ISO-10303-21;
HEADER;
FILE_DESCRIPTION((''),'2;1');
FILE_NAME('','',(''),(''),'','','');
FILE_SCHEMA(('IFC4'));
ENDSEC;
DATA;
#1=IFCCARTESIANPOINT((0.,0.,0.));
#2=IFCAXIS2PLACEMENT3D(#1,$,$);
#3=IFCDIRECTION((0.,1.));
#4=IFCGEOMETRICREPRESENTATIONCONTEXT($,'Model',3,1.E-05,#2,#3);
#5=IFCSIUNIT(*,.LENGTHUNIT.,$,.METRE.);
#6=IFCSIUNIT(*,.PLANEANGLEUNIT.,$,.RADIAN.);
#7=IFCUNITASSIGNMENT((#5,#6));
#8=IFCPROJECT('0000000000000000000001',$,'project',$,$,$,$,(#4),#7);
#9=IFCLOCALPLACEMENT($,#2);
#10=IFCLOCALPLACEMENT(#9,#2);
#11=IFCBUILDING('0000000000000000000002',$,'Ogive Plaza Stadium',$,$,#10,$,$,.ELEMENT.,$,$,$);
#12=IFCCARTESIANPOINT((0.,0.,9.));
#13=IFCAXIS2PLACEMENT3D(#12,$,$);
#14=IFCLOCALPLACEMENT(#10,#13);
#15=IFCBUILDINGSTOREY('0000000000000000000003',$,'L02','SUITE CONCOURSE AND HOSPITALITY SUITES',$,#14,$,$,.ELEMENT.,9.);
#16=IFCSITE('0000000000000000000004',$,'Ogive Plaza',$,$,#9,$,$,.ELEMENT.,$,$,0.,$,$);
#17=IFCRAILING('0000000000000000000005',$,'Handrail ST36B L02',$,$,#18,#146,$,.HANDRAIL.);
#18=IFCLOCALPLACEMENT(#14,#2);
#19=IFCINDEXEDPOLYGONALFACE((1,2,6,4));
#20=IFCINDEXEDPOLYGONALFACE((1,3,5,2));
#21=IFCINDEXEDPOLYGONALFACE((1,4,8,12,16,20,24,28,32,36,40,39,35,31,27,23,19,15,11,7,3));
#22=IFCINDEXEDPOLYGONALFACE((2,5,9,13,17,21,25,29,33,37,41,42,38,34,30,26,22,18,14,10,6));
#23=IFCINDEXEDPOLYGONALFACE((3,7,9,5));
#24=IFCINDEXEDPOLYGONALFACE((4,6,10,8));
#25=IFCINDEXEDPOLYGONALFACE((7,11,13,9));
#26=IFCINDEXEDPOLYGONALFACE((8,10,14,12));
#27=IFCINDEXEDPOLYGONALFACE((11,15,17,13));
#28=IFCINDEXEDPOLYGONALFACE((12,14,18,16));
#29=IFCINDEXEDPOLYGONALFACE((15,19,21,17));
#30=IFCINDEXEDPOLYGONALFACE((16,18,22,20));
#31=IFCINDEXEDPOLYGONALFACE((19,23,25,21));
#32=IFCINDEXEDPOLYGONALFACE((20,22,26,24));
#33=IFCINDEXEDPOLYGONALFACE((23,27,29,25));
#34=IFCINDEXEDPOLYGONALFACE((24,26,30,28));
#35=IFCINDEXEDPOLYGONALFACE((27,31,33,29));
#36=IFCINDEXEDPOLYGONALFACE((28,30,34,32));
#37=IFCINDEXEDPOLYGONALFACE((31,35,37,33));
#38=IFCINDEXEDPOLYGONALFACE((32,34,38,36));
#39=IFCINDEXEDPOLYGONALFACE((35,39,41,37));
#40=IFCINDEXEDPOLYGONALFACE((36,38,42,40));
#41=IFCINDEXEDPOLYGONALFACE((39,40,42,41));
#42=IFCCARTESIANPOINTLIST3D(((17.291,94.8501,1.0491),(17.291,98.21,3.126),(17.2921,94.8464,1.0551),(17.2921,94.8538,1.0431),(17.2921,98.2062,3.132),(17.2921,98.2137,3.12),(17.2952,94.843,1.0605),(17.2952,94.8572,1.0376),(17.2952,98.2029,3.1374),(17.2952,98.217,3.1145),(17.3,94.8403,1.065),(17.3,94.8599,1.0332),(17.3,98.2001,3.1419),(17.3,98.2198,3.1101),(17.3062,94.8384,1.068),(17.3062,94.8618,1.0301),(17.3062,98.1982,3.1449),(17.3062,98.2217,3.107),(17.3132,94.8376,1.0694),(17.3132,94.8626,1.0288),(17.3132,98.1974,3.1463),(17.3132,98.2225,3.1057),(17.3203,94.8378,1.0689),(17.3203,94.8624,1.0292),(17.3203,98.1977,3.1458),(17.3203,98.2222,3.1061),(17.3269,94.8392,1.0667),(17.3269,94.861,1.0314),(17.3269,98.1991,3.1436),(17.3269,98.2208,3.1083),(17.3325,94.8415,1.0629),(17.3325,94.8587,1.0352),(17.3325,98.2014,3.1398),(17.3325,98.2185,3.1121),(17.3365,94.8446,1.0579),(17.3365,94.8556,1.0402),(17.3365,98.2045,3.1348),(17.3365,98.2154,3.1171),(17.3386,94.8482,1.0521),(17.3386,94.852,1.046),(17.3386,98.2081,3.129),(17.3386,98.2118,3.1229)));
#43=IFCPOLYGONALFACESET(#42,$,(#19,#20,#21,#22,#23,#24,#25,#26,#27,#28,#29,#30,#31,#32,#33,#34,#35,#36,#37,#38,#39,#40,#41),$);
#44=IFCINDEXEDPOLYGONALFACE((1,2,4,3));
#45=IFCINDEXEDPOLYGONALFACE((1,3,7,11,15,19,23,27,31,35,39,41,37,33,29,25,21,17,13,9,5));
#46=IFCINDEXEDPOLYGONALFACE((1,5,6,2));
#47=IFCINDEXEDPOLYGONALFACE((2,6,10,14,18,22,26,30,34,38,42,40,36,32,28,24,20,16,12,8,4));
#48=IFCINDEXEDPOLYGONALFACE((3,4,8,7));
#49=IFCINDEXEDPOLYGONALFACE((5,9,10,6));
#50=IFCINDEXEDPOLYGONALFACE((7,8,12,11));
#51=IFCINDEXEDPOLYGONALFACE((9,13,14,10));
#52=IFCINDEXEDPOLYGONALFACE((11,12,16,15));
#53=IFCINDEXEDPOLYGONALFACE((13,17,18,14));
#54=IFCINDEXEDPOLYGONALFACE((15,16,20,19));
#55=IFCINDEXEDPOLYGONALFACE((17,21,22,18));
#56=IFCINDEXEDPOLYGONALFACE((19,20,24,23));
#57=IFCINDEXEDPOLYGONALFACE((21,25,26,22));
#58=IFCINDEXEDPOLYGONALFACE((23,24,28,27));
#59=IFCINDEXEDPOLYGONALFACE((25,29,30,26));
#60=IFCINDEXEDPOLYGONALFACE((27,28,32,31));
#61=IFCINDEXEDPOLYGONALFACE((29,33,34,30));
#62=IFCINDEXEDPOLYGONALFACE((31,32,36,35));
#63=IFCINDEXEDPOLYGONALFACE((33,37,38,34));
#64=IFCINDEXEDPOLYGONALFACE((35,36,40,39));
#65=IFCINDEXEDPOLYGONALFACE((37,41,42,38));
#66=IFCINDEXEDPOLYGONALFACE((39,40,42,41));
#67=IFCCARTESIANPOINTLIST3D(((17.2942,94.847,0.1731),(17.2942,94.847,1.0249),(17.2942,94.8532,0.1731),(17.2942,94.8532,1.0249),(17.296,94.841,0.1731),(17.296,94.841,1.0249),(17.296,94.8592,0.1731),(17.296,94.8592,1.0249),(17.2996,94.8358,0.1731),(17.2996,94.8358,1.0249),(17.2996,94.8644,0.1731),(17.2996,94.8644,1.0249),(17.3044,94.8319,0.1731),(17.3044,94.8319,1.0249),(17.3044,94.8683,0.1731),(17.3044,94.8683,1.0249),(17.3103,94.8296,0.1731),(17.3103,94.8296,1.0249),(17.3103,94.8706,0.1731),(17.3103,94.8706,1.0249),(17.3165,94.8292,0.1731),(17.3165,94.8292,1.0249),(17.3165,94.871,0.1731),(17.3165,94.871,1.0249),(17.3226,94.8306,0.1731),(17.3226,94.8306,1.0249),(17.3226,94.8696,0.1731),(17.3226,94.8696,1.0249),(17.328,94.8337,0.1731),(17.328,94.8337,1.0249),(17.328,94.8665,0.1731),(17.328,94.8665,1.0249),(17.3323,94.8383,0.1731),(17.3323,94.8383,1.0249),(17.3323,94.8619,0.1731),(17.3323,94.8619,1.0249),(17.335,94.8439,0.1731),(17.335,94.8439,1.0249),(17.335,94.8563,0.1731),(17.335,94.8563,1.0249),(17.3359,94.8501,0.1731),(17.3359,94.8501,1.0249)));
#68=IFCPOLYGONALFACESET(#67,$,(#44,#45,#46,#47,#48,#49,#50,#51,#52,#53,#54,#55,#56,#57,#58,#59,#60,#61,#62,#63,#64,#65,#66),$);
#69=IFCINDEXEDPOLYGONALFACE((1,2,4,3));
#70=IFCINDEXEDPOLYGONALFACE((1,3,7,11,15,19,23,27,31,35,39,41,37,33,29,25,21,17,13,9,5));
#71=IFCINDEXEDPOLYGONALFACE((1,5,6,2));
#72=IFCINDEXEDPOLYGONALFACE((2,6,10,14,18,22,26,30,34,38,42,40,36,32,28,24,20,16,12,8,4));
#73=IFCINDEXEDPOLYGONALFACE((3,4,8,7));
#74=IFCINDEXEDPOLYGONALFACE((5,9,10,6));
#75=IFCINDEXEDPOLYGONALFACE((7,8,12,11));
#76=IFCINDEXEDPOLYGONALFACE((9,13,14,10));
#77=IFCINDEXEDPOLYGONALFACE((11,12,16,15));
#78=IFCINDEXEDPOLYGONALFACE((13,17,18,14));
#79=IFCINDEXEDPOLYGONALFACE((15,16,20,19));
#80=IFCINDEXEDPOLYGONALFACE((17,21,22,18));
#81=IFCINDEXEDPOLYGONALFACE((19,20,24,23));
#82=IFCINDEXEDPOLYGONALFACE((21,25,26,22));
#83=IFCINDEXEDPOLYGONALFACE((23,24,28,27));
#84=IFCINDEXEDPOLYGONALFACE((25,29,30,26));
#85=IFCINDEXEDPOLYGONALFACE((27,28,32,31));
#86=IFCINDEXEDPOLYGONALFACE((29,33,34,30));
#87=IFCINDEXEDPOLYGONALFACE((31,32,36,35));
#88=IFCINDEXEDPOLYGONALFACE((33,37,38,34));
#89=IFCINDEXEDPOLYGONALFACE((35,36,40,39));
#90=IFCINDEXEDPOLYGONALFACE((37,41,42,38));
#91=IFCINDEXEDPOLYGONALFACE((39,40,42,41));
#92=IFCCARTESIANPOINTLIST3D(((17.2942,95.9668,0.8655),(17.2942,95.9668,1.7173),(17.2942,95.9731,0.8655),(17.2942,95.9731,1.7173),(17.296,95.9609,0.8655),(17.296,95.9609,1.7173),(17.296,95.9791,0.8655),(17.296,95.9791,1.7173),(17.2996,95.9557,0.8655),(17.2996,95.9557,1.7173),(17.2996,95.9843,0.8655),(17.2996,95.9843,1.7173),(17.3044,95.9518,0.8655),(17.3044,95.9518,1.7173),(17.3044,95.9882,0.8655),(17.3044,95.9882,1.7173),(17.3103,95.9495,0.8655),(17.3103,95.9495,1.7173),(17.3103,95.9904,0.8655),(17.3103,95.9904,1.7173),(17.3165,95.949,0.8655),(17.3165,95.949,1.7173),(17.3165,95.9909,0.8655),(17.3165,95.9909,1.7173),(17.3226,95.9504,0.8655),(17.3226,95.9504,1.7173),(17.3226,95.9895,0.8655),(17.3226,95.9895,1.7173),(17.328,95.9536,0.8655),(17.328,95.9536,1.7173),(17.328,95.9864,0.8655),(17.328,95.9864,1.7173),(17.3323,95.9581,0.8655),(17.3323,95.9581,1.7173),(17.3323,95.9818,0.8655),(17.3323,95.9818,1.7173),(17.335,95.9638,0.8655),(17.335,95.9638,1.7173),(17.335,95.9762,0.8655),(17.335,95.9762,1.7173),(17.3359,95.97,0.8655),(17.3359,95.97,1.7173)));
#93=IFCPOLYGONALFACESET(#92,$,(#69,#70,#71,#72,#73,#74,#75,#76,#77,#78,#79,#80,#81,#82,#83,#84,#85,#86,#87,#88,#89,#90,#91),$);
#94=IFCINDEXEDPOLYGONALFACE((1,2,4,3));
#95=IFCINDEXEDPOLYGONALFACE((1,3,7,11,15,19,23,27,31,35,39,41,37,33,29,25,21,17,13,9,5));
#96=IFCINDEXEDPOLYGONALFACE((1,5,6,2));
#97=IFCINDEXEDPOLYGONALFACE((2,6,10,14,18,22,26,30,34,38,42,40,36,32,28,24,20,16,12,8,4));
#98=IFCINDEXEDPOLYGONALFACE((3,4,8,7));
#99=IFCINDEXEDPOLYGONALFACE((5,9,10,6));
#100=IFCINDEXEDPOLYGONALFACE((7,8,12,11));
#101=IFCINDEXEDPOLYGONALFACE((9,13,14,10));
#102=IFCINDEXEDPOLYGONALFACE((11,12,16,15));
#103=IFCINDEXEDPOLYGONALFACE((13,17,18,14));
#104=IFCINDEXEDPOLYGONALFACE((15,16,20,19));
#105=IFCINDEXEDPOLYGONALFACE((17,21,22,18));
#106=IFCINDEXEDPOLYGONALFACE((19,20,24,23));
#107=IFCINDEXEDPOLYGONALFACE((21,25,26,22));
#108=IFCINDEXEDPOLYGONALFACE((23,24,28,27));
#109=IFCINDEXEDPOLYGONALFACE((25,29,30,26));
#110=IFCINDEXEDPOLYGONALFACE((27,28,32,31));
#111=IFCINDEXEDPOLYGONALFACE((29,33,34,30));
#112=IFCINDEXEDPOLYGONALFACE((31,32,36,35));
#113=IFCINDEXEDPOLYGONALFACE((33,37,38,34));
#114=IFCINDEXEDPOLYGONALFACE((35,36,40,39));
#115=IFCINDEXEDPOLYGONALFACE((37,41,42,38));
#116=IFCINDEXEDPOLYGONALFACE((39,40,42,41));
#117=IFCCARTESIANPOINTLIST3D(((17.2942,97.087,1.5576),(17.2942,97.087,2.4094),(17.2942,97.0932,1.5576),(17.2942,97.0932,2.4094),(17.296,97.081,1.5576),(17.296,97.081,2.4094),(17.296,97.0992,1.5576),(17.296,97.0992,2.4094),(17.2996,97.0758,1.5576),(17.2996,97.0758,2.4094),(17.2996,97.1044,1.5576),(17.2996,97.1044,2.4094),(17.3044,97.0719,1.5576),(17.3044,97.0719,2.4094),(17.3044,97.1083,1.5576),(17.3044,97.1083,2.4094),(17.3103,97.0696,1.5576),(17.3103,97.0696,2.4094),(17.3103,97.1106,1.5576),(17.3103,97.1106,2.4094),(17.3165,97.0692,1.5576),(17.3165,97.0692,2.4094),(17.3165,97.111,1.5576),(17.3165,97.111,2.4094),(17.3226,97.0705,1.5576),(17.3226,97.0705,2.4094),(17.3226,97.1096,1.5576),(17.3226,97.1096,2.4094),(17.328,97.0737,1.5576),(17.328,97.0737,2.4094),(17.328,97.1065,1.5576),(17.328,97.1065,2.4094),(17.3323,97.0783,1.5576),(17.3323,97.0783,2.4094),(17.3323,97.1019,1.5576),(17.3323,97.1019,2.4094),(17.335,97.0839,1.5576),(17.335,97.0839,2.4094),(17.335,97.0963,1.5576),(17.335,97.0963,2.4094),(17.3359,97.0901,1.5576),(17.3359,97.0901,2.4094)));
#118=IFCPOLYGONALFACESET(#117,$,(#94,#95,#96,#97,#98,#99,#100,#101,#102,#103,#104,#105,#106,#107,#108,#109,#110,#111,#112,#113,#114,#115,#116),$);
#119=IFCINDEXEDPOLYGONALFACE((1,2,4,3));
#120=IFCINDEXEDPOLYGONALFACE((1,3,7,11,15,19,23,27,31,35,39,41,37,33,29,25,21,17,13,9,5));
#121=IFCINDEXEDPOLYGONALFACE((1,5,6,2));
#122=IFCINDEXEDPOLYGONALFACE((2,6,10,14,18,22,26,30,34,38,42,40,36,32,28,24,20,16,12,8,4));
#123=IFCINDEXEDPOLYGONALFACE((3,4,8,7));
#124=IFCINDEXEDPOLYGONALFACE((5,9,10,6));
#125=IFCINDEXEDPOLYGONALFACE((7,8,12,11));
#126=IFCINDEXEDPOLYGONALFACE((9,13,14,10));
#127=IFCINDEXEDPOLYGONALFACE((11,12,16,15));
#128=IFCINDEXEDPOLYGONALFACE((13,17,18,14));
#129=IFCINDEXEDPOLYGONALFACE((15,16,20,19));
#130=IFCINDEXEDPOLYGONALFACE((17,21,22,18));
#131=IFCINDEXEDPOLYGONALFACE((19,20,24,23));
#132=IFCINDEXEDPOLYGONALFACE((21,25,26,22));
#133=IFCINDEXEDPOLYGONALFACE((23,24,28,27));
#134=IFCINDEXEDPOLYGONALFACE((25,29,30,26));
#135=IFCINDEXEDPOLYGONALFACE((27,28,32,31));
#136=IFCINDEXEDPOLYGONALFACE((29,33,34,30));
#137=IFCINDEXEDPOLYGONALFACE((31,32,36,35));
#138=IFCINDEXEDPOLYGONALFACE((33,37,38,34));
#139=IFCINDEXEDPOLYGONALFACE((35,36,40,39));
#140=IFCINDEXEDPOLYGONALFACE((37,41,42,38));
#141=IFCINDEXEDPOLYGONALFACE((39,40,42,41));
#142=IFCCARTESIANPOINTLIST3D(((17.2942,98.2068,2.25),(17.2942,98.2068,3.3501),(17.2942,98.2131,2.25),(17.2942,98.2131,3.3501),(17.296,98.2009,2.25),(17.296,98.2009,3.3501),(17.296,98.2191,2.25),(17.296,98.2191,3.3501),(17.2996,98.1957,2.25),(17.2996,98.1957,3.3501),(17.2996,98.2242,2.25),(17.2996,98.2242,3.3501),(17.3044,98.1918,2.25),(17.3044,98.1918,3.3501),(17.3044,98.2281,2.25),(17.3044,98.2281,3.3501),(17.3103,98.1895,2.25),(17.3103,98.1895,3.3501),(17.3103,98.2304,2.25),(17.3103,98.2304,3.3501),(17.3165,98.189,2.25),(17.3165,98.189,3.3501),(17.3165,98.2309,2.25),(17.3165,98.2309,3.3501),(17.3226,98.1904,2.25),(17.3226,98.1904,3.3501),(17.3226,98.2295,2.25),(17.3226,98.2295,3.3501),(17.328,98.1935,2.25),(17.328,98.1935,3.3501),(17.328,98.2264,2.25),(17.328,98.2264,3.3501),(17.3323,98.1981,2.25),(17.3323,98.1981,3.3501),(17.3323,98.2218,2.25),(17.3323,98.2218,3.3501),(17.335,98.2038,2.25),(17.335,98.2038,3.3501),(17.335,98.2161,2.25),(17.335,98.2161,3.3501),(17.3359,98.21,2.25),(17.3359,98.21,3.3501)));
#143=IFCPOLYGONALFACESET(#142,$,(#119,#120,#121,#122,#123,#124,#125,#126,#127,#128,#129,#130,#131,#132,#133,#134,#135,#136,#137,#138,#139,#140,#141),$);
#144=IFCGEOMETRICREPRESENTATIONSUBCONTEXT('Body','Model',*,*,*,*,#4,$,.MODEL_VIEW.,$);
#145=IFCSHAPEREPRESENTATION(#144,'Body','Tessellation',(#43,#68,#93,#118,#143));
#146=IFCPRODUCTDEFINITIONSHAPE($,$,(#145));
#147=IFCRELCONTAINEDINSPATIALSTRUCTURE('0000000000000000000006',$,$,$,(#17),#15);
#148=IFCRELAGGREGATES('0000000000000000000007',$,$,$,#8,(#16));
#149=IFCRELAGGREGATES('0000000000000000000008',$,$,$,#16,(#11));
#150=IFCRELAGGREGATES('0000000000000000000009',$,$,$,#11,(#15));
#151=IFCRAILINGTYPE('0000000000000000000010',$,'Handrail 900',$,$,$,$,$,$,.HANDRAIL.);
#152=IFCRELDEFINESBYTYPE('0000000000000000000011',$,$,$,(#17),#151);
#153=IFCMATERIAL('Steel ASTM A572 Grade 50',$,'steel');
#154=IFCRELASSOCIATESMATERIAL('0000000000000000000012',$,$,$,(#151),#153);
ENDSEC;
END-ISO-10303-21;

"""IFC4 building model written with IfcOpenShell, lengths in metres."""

from ifc_helpers import new_model, si_unit, direction, frame, origin, origin_2d, place, context, subcontext, project, spatial, circle, extrude, material, type_object, element, save


model = new_model("IFC4")

# Units and contexts
model_context = context("Model", 3, precision=1e-05, world=origin(), true_north=direction((0.0, 1.0)))
body_context = subcontext(model_context, "Body", "Model", "MODEL_VIEW")
ifc_project = project(units=[si_unit("LENGTHUNIT", "METRE"), si_unit("PLANEANGLEUNIT", "RADIAN")], contexts=[model_context])

# Site, building, storey
site_placement = place(None, origin())
site = spatial("IfcSite", under=ifc_project, at=site_placement, Name="Ogive Plaza", CompositionType="ELEMENT", RefElevation=0.0)
building_placement = place(site_placement, origin())
building = spatial("IfcBuilding", under=site, at=building_placement, Name="Ogive Plaza Stadium", CompositionType="ELEMENT")
storey_placement = place(building_placement, frame((0.0, 0.0, 9.0)))
storey = spatial("IfcBuildingStorey", under=building, at=storey_placement, Name="L02", Description="SUITE CONCOURSE AND HOSPITALITY SUITES", CompositionType="ELEMENT", Elevation=9.0)

# Railing
ifc_material_1 = material(Name="Steel ASTM A572 Grade 50", Category="steel")
railing_type_1 = type_object("IfcRailingType", Name="Handrail 900", PredefinedType="HANDRAIL", material=ifc_material_1)
for number, where, name in (
    (1, (17.3149, 94.8501, 0.1731), "Handrail ST36B L02"),
):
    element("IfcRailing", number, at=place(storey_placement, frame(where)), inside=storey, type_object=railing_type_1, Name=name, PredefinedType="HANDRAIL", context=body_context, shape_type="SweptSolid", body=[
        extrude(circle(Radius=0.0239, at=origin_2d()), frame((0.0, 0.0, 0.876), z_axis=(0.0, 0.850606, 0.525803), x_axis=(-1.0, 0.0, 0.0)), (0.0, 0.0, 1.0), 3.95),
        extrude(circle(Radius=0.021, at=origin_2d()), origin(), (0.0, 0.0, 1.0), 0.8518),
        extrude(circle(Radius=0.021, at=origin_2d()), frame((0.0, 1.1199, 0.6924)), (0.0, 0.0, 1.0), 0.8518),
        extrude(circle(Radius=0.021, at=origin_2d()), frame((0.0, 2.24, 1.3845)), (0.0, 0.0, 1.0), 0.8518),
        extrude(circle(Radius=0.021, at=origin_2d()), frame((0.0, 3.3599, 2.0769)), (0.0, 0.0, 1.0), 1.1001),
    ])

save(model, "model.ifc")
